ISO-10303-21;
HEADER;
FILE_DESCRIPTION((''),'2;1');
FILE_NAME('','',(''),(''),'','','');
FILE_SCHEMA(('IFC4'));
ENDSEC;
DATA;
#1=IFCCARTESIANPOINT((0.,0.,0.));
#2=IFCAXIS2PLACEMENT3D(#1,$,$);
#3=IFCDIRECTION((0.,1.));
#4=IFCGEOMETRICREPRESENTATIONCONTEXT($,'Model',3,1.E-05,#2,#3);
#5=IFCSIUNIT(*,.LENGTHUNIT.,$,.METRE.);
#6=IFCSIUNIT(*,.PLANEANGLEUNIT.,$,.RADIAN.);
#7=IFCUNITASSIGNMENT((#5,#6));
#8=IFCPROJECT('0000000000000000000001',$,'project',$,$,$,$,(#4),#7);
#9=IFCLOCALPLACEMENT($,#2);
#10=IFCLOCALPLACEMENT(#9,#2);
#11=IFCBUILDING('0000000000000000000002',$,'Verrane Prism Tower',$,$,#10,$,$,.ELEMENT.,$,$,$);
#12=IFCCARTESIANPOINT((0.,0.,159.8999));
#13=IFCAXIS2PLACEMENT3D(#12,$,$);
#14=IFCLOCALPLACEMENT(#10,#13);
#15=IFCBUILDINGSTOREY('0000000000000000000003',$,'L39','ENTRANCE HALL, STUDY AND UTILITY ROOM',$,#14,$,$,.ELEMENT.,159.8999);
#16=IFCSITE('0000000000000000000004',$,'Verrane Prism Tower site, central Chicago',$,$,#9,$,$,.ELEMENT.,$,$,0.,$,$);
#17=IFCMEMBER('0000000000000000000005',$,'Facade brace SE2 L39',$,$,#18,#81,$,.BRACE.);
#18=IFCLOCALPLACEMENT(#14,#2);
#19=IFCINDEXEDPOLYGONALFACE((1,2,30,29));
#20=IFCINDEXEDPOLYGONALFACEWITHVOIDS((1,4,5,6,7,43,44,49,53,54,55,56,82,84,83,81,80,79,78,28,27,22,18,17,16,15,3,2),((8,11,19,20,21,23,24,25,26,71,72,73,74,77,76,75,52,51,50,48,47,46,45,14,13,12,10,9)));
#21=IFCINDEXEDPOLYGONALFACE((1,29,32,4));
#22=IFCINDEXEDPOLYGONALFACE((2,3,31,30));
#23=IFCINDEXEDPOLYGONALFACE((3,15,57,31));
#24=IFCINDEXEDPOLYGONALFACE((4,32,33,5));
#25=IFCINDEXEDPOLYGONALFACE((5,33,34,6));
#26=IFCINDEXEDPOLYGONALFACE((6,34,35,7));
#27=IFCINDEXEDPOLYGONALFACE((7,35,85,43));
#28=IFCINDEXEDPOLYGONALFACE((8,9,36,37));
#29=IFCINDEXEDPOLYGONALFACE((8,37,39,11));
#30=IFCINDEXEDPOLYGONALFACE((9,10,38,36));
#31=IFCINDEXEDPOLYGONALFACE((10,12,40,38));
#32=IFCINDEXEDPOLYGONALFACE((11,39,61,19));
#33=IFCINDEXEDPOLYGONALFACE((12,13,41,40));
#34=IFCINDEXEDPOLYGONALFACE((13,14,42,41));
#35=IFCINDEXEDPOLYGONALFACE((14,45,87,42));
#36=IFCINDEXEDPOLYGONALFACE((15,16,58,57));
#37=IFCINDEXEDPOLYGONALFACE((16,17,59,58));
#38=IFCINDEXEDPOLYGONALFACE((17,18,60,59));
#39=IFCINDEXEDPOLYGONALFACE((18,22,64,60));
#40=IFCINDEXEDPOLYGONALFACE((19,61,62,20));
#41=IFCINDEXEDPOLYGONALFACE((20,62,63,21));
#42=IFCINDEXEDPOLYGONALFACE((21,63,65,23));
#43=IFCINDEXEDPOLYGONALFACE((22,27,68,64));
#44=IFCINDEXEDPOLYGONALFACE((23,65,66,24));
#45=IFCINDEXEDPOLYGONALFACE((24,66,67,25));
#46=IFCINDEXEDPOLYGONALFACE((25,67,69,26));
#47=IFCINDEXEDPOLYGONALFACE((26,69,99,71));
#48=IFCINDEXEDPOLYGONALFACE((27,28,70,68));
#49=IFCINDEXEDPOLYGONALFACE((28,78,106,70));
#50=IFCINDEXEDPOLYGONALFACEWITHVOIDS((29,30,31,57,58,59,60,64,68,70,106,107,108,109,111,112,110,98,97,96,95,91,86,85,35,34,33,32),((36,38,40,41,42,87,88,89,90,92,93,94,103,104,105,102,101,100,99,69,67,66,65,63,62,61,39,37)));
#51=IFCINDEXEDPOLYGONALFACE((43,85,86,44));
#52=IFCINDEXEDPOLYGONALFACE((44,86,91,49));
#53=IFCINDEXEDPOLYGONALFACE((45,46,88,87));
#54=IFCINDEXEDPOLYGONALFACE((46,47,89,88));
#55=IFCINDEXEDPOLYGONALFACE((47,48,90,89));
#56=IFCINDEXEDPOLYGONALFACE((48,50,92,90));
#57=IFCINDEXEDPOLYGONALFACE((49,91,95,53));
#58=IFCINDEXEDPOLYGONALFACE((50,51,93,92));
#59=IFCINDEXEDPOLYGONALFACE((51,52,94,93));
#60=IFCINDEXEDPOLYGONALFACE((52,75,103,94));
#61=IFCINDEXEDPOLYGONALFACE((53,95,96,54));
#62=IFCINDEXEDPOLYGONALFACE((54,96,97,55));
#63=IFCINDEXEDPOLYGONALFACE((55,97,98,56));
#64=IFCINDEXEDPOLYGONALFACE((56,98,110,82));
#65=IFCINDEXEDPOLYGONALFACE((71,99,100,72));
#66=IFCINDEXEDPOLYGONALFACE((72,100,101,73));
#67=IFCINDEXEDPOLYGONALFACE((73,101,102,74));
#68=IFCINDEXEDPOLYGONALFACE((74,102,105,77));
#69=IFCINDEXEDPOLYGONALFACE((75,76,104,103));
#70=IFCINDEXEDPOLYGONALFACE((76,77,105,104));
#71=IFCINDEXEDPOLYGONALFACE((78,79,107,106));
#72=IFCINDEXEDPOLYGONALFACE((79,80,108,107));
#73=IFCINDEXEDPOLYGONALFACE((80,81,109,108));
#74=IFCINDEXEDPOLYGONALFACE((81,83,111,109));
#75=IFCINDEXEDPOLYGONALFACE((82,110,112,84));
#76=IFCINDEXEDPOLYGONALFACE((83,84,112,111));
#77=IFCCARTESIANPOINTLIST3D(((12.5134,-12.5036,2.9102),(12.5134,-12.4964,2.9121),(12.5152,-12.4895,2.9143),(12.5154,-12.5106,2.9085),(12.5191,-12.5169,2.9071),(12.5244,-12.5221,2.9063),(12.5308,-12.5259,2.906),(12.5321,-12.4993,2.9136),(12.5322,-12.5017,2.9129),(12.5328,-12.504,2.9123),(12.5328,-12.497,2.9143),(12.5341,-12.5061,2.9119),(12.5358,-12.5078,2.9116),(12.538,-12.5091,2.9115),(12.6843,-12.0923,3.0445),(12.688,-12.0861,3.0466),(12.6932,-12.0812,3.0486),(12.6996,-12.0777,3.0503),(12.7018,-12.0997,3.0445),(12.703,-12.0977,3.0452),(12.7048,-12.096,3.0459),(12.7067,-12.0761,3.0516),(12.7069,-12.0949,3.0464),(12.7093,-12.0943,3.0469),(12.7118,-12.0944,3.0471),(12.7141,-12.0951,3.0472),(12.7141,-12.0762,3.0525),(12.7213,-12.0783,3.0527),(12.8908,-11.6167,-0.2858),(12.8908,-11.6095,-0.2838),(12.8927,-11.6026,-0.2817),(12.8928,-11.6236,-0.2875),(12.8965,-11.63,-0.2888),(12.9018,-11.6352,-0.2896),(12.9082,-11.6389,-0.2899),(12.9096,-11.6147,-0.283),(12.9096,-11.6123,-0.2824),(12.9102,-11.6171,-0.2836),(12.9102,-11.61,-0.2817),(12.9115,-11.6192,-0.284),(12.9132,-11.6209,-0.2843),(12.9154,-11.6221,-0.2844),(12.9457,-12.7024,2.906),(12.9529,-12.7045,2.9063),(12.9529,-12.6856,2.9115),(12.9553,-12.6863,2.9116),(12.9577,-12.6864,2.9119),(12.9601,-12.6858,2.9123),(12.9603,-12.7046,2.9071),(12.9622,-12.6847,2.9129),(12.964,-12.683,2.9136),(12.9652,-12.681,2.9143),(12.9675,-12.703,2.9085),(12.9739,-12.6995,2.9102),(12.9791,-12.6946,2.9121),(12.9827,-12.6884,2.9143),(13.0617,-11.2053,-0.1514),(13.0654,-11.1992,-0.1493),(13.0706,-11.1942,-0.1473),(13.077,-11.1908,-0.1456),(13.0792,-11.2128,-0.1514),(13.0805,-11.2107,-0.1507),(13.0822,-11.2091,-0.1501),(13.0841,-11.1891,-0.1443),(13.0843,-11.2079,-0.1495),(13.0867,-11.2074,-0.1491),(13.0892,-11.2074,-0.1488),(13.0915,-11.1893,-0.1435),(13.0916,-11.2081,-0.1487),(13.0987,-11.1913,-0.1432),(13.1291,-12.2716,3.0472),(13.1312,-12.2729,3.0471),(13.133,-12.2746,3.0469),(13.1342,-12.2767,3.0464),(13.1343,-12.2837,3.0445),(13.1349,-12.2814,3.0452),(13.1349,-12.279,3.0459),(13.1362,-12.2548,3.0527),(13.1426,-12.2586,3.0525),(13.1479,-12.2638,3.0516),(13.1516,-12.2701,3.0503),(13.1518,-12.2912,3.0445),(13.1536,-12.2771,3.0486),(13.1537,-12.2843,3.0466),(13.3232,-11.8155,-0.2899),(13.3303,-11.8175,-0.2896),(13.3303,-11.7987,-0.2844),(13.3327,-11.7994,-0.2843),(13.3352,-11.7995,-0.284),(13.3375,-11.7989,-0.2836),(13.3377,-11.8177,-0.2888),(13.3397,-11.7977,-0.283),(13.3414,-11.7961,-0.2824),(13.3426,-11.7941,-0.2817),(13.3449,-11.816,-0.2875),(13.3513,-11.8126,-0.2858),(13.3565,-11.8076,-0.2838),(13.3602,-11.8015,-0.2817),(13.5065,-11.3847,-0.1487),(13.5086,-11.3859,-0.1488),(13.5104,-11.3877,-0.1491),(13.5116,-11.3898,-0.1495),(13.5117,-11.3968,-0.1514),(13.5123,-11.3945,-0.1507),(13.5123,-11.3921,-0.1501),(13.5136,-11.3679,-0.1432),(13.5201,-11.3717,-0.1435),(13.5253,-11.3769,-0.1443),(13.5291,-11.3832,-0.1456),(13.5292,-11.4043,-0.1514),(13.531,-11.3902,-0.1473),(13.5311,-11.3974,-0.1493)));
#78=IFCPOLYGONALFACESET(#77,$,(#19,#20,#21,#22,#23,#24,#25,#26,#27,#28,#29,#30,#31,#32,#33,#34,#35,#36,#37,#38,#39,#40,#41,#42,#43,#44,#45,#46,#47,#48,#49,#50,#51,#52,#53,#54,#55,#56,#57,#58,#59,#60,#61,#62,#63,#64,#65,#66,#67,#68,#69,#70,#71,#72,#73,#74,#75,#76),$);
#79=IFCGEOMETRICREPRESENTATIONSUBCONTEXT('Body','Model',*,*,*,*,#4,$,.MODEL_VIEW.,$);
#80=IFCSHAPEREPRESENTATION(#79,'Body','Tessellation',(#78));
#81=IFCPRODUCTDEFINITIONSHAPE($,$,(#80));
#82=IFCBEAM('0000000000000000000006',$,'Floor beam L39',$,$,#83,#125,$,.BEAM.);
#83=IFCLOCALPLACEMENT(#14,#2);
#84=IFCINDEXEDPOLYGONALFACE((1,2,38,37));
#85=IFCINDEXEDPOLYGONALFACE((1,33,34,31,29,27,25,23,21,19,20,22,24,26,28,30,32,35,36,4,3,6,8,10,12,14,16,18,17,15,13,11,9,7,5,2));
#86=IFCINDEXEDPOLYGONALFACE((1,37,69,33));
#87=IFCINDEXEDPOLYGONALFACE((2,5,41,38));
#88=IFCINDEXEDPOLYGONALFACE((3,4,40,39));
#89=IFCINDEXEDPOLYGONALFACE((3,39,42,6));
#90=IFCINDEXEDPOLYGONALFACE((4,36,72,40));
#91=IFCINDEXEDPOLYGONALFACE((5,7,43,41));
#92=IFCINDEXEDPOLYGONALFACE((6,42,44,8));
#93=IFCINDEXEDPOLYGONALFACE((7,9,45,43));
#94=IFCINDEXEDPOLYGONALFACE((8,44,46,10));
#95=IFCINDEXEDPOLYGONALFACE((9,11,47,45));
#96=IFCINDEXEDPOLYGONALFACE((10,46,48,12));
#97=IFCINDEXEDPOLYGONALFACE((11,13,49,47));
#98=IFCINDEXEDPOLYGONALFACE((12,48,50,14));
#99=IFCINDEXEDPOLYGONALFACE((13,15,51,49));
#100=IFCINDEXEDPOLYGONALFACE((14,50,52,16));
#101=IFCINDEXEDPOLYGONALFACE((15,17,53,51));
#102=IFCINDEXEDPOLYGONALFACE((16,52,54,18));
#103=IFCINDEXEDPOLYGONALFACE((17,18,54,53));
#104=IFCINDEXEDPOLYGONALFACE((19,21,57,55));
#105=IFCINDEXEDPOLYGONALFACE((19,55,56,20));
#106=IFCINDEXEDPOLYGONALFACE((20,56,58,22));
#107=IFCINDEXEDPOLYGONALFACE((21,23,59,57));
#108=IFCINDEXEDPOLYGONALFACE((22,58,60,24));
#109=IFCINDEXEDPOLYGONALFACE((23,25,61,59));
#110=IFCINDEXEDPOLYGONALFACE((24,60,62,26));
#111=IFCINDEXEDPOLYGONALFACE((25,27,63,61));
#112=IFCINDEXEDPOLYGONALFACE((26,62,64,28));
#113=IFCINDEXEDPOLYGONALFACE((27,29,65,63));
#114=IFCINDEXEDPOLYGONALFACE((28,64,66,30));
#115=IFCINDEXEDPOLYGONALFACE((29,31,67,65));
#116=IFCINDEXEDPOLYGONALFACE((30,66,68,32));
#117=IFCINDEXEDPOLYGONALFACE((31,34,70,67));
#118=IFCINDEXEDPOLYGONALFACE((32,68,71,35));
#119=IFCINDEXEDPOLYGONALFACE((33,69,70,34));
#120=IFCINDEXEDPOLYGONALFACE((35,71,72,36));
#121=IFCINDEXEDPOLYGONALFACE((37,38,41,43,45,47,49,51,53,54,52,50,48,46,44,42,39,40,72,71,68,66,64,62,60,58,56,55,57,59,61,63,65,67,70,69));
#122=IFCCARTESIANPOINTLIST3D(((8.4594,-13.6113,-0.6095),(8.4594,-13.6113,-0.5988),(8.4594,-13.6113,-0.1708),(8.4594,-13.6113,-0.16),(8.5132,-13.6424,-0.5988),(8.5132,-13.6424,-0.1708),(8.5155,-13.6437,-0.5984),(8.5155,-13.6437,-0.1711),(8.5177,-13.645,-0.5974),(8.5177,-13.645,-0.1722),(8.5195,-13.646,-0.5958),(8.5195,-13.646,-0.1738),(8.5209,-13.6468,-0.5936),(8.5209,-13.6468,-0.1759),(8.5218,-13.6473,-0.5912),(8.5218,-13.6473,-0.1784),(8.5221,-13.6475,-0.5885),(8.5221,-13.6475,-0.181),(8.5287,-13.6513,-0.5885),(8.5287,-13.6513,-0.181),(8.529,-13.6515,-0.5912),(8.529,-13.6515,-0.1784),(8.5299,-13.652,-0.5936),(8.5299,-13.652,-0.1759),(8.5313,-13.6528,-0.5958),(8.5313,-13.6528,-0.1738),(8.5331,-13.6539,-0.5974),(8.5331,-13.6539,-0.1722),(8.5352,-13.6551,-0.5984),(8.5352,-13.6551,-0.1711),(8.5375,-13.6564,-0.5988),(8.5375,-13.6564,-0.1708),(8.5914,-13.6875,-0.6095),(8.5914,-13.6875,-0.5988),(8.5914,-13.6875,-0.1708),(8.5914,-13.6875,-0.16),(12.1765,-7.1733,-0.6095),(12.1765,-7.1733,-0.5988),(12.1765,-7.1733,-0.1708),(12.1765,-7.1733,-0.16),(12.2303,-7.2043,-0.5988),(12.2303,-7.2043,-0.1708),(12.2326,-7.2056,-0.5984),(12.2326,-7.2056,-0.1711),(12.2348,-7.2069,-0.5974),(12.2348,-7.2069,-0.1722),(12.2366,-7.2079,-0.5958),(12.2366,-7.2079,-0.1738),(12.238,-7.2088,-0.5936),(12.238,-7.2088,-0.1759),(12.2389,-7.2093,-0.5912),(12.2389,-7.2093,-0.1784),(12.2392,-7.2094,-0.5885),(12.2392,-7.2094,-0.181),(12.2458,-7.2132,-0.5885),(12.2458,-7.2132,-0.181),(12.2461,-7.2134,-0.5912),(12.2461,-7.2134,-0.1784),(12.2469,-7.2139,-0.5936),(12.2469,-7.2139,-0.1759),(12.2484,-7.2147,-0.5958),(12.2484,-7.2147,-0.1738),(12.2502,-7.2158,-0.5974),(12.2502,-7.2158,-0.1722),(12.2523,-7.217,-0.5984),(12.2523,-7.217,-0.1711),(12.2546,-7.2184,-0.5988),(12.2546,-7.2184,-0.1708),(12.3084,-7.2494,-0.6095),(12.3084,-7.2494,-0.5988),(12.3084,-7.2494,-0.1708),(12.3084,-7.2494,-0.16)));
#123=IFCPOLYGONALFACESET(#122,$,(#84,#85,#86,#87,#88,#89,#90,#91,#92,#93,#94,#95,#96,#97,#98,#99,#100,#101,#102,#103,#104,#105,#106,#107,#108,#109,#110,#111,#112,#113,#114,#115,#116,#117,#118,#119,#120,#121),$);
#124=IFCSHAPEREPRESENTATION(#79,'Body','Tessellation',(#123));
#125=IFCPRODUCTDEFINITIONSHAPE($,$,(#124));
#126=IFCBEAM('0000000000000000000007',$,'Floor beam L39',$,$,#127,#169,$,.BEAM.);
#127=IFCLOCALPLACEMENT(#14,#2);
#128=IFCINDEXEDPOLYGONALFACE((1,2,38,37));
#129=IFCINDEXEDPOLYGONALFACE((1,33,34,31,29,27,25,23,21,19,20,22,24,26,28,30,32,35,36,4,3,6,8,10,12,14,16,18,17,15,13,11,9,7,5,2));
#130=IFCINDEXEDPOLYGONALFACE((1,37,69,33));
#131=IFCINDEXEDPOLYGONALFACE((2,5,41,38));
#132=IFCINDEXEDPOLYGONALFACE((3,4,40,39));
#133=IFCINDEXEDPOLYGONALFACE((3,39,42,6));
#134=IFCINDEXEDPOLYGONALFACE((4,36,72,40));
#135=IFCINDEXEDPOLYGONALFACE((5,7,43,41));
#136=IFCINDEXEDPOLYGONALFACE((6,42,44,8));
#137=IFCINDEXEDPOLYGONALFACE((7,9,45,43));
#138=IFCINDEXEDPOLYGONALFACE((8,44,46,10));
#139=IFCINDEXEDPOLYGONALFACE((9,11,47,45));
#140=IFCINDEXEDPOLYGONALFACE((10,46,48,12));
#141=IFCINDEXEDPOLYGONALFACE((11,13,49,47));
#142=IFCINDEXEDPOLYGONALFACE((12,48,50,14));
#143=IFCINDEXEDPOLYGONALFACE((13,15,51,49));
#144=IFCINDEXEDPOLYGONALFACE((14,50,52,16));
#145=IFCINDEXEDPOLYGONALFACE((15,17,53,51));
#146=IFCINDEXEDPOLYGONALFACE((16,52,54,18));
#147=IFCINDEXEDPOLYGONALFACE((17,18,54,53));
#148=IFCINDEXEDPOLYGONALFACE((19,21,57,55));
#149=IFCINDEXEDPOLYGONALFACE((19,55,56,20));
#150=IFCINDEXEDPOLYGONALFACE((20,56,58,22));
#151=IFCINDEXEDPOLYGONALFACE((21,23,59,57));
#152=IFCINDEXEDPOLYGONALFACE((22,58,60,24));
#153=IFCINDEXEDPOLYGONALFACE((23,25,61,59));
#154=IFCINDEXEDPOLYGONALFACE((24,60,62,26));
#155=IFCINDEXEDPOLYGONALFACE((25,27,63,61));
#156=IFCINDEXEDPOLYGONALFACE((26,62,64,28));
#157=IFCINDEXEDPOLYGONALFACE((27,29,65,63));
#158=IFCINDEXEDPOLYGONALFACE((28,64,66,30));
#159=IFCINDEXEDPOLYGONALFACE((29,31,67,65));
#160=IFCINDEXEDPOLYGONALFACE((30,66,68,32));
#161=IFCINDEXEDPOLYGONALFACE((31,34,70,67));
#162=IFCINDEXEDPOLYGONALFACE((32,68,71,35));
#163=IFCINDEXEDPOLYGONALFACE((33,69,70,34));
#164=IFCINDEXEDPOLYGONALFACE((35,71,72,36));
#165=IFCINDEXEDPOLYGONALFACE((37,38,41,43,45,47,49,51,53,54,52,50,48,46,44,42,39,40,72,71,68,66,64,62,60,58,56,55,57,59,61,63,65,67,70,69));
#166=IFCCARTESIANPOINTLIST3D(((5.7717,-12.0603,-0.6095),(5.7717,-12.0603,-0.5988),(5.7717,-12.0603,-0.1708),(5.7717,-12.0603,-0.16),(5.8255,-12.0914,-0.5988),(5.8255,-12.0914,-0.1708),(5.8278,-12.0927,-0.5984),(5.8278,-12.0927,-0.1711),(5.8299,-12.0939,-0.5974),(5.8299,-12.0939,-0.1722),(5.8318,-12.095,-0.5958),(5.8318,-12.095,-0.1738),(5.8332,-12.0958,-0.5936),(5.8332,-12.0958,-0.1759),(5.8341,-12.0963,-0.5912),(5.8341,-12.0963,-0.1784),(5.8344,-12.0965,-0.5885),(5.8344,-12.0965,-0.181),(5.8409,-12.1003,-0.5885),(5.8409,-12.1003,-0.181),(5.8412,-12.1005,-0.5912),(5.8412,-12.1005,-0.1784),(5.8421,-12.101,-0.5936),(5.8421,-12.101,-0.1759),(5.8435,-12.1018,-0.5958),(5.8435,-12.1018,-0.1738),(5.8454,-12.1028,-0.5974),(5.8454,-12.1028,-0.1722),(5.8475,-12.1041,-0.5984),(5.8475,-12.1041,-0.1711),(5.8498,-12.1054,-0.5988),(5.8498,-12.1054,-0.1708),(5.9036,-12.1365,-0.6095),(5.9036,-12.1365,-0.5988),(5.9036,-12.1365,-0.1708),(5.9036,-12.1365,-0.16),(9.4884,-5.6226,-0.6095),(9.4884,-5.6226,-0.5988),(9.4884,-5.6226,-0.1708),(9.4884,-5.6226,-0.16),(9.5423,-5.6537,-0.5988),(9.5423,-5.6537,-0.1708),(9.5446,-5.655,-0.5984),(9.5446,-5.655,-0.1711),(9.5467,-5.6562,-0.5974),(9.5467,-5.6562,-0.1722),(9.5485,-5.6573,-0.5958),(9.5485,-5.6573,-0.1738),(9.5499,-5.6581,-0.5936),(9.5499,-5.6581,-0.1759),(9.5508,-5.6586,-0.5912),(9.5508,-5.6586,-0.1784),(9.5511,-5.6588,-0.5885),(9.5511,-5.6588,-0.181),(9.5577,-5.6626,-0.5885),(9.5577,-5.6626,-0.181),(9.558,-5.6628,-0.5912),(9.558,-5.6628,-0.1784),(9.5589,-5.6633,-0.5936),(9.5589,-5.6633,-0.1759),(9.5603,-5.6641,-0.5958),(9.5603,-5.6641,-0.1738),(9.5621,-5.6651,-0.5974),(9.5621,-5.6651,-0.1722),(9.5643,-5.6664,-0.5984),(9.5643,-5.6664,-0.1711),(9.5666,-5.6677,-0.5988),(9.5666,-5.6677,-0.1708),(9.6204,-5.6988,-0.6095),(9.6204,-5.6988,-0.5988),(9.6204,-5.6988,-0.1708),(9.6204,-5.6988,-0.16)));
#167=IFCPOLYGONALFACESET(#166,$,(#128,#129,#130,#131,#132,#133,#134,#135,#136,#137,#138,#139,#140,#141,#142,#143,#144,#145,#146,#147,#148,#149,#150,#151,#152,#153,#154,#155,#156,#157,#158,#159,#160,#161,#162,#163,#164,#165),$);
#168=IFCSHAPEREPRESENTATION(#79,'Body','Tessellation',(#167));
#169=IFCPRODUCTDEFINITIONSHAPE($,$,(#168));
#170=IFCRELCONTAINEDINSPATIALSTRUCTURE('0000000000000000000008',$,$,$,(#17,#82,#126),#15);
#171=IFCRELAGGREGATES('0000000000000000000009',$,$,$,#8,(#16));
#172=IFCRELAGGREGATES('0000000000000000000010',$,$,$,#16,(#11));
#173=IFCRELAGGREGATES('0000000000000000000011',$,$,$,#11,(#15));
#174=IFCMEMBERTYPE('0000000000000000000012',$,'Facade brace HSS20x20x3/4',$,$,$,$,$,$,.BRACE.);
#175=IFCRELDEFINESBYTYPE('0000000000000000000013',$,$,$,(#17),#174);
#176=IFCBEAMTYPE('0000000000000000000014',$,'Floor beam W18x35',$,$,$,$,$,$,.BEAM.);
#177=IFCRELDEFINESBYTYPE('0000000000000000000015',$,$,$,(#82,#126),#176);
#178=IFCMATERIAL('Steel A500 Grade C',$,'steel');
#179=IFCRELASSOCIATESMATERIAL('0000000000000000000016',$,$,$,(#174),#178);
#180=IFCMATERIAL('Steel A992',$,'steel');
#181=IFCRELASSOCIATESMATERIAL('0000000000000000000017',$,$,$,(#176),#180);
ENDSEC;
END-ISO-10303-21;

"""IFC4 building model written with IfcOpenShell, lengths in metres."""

from ifc_helpers import new_model, si_unit, direction, frame, origin, origin_2d, place, context, subcontext, project, spatial, hollow_rectangle, i_section, extrude, material, material_profile, profile_set, type_object, element, save


model = new_model("IFC4")

# Units and contexts
model_context = context("Model", 3, precision=1e-05, world=origin(), true_north=direction((0.0, 1.0)))
body_context = subcontext(model_context, "Body", "Model", "MODEL_VIEW")
ifc_project = project(units=[si_unit("LENGTHUNIT", "METRE"), si_unit("PLANEANGLEUNIT", "RADIAN")], contexts=[model_context])

# Site, building, storey
site_placement = place(None, origin())
site = spatial("IfcSite", under=ifc_project, at=site_placement, Name="Verrane Prism Tower site, central Chicago", CompositionType="ELEMENT", RefElevation=0.0)
building_placement = place(site_placement, origin())
building = spatial("IfcBuilding", under=site, at=building_placement, Name="Verrane Prism Tower", CompositionType="ELEMENT")
storey_placement = place(building_placement, frame((0.0, 0.0, 159.8999)))
storey = spatial("IfcBuildingStorey", under=building, at=storey_placement, Name="L39", Description="ENTRANCE HALL, STUDY AND UTILITY ROOM", CompositionType="ELEMENT", Elevation=159.8999)

# Member
ifc_material_1 = material(Name="Steel A500 Grade C", Category="steel")
ifc_material_profile_1 = material_profile(ifc_material_1, hollow_rectangle(XDim=0.5081, YDim=0.5081, WallThickness=0.019, InnerFilletRadius=0.0095, OuterFilletRadius=0.0286, at=origin_2d()), Name="HSS20x20x3/4")
ifc_profile_set_1 = profile_set([ifc_material_profile_1], Name="Steel A500 Grade C")
member_type_1 = type_object("IfcMemberType", Name="Facade brace HSS20x20x3/4", PredefinedType="BRACE", material=ifc_profile_set_1)
member_1_placement = place(storey_placement, frame((13.2109, -11.5034, -0.2166), z_axis=(-0.113066, -0.265697, 0.957403), x_axis=(0.920151, -0.391564, 0.0)))
element("IfcMember", 1, at=member_1_placement, inside=storey, type_object=member_type_1, Name="Facade brace SE2 L39", PredefinedType="BRACE", context=body_context, shape_type="SweptSolid", body=[
    extrude(hollow_rectangle(XDim=0.5081, YDim=0.5081, WallThickness=0.019, InnerFilletRadius=0.0095, OuterFilletRadius=0.0286, at=origin_2d()), origin(), (0.0, 0.0, 1.0), 3.3381),
])

# Beams
ifc_material_2 = material(Name="Steel A992", Category="steel")
ifc_material_profile_2 = material_profile(ifc_material_2, i_section(OverallWidth=0.1523, OverallDepth=0.4495, WebThickness=0.0076, FlangeThickness=0.0107, FilletRadius=0.0103, at=origin_2d()), Name="W18x35")
ifc_profile_set_2 = profile_set([ifc_material_profile_2], Name="Steel A992")
beam_type_1 = type_object("IfcBeamType", Name="Floor beam W18x35", PredefinedType="BEAM", material=ifc_profile_set_2)
beam_1_placement = place(storey_placement, frame((8.5254, -13.6494, -0.3848), z_axis=(0.500007, 0.866022, 0.0), x_axis=(-0.866022, 0.500007, 0.0)))
element("IfcBeam", 2, at=beam_1_placement, inside=storey, type_object=beam_type_1, Name="Floor beam L39", PredefinedType="BEAM", context=body_context, shape_type="SweptSolid", body=[
    extrude(i_section(OverallWidth=0.1523, OverallDepth=0.4495, WebThickness=0.0076, FlangeThickness=0.0107, FilletRadius=0.0103, at=origin_2d()), origin(), (0.0, 0.0, 1.0), 7.4341),
])
beam_2_placement = place(storey_placement, frame((5.8376, -12.0984, -0.3848), z_axis=(0.499996, 0.866028, 0.0), x_axis=(-0.866028, 0.499996, 0.0)))
element("IfcBeam", 3, at=beam_2_placement, inside=storey, type_object=beam_type_1, Name="Floor beam L39", PredefinedType="BEAM", context=body_context, shape_type="SweptSolid", body=[
    extrude(i_section(OverallWidth=0.1523, OverallDepth=0.4495, WebThickness=0.0076, FlangeThickness=0.0107, FilletRadius=0.0103, at=origin_2d()), origin(), (0.0, 0.0, 1.0), 7.4336),
])

save(model, "model.ifc")
